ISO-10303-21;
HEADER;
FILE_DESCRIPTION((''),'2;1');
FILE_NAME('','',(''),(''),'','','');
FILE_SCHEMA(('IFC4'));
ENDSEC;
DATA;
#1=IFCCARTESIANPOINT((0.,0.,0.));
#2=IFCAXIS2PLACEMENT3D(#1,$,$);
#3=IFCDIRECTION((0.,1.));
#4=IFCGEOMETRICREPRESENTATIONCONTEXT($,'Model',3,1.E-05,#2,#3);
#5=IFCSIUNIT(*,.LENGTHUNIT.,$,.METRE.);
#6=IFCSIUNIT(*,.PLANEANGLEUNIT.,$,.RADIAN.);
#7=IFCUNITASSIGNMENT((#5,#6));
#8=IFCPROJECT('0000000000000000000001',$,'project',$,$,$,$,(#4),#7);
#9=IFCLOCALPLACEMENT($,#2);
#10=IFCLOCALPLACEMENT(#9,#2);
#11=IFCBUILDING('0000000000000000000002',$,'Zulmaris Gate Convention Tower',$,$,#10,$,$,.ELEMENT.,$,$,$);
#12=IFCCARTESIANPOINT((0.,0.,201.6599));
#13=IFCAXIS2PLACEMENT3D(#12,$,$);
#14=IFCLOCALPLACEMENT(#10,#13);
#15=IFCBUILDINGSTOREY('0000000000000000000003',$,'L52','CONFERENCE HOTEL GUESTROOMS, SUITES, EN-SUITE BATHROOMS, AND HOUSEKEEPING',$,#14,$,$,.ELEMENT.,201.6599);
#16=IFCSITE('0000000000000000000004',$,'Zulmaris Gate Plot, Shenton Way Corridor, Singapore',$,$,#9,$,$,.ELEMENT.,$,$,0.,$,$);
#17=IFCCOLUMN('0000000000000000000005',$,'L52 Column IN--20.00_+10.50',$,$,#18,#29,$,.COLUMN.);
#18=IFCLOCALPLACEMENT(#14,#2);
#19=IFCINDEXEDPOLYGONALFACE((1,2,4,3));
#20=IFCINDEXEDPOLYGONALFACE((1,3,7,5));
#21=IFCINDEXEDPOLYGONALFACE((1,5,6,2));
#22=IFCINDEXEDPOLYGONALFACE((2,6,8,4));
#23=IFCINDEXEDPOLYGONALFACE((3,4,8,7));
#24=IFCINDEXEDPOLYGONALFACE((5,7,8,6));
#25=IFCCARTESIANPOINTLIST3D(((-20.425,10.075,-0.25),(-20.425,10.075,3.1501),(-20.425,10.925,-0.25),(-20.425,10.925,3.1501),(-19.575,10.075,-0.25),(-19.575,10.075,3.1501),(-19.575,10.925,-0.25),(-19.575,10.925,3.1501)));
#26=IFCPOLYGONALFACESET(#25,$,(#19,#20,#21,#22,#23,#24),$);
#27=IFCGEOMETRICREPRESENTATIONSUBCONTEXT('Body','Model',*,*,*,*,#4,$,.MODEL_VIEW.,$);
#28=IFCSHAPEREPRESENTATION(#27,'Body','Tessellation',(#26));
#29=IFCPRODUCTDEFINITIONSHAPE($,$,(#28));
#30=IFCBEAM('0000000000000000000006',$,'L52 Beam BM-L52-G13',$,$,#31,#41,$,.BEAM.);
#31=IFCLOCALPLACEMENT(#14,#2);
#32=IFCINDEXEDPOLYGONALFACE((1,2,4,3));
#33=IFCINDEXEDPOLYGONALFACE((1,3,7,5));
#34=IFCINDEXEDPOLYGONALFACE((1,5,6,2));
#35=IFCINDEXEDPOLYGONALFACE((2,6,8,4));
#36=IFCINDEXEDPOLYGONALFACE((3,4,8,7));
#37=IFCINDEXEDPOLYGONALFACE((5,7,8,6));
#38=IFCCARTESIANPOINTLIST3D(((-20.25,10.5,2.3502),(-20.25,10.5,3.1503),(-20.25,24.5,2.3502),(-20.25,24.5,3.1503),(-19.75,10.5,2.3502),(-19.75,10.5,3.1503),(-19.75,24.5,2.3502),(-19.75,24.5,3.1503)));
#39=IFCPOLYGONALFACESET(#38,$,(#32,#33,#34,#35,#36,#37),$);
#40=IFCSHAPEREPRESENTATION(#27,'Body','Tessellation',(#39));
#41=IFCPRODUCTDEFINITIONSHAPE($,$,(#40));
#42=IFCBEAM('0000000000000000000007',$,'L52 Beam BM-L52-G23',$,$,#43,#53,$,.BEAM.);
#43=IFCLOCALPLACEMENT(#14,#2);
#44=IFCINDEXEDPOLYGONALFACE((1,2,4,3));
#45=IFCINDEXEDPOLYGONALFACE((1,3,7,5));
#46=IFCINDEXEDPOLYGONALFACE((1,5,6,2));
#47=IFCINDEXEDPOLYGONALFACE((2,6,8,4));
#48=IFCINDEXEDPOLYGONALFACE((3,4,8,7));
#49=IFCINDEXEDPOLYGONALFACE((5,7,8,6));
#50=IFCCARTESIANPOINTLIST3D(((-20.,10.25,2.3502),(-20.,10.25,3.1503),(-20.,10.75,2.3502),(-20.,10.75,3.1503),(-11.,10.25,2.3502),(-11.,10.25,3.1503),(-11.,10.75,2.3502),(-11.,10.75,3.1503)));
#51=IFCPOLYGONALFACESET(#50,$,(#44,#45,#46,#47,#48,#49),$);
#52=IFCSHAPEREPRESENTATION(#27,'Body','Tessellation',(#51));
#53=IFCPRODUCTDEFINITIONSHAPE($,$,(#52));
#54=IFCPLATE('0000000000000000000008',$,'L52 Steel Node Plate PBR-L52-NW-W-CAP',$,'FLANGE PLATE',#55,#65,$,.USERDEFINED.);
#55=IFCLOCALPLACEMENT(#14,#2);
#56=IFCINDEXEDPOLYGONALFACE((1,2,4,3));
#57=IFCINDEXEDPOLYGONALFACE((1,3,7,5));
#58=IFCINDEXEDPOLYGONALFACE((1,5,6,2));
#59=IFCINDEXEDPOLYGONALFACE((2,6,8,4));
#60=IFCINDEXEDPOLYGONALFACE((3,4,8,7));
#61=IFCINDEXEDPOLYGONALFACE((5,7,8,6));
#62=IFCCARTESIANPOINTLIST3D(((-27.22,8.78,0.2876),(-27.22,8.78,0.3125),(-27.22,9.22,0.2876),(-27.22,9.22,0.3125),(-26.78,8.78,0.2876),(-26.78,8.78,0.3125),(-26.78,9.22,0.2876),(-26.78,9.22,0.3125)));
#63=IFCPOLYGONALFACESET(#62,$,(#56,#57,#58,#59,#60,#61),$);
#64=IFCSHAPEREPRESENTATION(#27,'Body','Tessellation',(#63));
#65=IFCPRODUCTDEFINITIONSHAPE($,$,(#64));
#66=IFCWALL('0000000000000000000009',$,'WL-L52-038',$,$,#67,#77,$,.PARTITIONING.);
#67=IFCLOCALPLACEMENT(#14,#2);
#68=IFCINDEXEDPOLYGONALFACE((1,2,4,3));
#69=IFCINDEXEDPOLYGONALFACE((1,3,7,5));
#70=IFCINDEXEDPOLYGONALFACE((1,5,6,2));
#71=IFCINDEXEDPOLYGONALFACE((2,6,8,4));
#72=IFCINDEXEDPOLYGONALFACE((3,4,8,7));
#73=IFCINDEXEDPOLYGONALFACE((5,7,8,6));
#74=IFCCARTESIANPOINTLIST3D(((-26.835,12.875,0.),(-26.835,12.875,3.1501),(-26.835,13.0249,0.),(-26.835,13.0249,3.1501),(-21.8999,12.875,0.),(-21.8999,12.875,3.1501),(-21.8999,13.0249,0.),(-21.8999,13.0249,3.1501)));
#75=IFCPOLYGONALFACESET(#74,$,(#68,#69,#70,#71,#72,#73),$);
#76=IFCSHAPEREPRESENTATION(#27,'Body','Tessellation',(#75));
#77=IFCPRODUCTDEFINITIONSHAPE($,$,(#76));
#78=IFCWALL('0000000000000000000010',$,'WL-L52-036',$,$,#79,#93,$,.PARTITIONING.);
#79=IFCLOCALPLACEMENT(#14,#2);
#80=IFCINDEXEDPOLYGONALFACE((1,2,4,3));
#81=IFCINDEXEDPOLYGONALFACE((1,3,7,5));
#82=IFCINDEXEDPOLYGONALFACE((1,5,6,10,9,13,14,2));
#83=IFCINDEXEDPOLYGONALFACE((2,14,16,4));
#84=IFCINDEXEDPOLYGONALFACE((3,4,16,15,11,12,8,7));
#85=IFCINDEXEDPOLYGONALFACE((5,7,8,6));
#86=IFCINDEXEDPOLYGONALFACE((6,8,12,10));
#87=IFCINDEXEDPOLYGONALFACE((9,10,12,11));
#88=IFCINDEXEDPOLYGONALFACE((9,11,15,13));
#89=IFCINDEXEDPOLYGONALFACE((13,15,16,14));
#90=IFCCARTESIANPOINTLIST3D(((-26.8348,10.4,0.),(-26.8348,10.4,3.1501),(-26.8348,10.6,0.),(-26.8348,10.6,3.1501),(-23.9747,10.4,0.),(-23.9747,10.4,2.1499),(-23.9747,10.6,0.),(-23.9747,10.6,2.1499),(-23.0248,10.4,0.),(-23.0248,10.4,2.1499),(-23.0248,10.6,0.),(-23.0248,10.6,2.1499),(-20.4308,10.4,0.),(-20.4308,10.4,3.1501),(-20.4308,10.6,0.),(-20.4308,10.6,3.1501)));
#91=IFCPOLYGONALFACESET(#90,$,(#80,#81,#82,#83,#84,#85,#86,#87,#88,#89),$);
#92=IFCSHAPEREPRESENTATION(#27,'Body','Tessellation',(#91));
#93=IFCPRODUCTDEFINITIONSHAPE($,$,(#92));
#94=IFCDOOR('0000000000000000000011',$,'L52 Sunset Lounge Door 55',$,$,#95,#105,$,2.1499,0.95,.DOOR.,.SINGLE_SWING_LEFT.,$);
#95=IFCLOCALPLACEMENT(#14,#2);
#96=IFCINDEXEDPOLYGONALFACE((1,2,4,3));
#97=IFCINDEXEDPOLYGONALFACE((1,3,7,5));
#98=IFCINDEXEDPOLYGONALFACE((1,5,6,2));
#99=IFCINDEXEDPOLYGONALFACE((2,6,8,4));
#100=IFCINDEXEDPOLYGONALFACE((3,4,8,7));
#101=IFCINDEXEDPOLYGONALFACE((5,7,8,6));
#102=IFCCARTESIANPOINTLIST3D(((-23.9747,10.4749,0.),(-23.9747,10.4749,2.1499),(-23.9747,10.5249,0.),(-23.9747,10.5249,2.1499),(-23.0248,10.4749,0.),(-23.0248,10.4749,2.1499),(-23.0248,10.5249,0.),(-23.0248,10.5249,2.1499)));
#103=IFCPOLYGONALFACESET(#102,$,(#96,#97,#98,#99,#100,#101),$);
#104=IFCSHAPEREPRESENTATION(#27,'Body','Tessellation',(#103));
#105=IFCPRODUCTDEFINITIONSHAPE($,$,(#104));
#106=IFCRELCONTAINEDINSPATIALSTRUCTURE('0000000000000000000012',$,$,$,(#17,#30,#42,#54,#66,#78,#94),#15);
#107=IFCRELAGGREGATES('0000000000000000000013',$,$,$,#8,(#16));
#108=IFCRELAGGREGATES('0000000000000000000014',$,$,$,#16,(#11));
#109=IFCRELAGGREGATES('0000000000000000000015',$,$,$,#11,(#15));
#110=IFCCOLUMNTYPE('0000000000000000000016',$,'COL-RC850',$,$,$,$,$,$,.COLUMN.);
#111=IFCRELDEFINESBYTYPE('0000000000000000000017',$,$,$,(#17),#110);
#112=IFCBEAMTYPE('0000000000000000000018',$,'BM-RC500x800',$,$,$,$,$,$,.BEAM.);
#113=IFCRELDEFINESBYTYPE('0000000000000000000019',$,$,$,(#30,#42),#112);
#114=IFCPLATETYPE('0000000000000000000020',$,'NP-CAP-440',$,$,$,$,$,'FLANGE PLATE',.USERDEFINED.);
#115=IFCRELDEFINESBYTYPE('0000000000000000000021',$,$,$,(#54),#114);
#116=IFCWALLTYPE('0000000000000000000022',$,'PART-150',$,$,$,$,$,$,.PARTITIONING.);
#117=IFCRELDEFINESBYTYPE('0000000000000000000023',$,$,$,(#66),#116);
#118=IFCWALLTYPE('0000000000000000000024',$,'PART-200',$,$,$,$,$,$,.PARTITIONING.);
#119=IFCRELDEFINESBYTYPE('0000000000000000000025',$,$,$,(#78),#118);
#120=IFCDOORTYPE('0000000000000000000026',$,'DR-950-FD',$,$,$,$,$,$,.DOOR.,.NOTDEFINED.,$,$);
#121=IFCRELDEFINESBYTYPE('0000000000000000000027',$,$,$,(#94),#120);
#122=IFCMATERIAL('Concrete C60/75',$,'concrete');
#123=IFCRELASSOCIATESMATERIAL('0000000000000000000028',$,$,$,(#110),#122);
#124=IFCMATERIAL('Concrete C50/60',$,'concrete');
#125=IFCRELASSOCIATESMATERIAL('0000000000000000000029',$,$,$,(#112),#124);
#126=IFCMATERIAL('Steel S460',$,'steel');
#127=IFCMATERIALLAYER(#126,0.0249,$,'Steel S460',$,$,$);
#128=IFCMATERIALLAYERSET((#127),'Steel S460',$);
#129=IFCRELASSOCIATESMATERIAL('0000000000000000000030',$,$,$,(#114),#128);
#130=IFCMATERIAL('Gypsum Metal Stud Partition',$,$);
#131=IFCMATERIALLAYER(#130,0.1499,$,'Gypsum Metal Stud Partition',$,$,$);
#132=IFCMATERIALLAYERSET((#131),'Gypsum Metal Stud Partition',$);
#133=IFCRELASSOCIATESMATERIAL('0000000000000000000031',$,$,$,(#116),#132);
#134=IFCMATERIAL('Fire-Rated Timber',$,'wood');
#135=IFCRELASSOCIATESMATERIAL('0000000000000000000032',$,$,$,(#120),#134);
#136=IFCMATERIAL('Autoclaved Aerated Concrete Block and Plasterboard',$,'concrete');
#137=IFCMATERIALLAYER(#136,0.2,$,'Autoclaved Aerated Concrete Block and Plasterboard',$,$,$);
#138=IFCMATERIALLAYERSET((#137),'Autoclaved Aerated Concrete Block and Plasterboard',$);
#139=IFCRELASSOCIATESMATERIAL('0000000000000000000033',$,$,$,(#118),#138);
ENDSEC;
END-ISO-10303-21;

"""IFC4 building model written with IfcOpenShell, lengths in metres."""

from ifc_helpers import new_model, si_unit, direction, frame, frame_2d, origin, origin_2d, place, context, subcontext, project, spatial, rectangle, extrude, material, layer, layer_set, material_profile, profile_set, type_object, element, fill, save


model = new_model("IFC4")

# Units and contexts
model_context = context("Model", 3, precision=1e-05, world=origin(), true_north=direction((0.0, 1.0)))
body_context = subcontext(model_context, "Body", "Model", "MODEL_VIEW")
ifc_project = project(units=[si_unit("LENGTHUNIT", "METRE"), si_unit("PLANEANGLEUNIT", "RADIAN")], contexts=[model_context])

# Site, building, storey
site_placement = place(None, origin())
site = spatial("IfcSite", under=ifc_project, at=site_placement, Name="Zulmaris Gate Plot, Shenton Way Corridor, Singapore", CompositionType="ELEMENT", RefElevation=0.0)
building_placement = place(site_placement, origin())
building = spatial("IfcBuilding", under=site, at=building_placement, Name="Zulmaris Gate Convention Tower", CompositionType="ELEMENT")
storey_placement = place(building_placement, frame((0.0, 0.0, 201.6599)))
storey = spatial("IfcBuildingStorey", under=building, at=storey_placement, Name="L52", Description="CONFERENCE HOTEL GUESTROOMS, SUITES, EN-SUITE BATHROOMS, AND HOUSEKEEPING", CompositionType="ELEMENT", Elevation=201.6599)

# Column
ifc_material_1 = material(Name="Concrete C60/75", Category="concrete")
ifc_material_profile_1 = material_profile(ifc_material_1, rectangle(XDim=0.8501, YDim=0.8501, at=origin_2d()), Name="RC COL 850x850")
ifc_profile_set_1 = profile_set([ifc_material_profile_1], Name="Concrete C60/75")
column_type = type_object("IfcColumnType", Name="COL-RC850", PredefinedType="COLUMN", material=ifc_profile_set_1)
column_placement = place(storey_placement, frame((-20.0, 10.5, -0.25), z_axis=(0.0, 0.0, 1.0), x_axis=(1.0, 0.0, 0.0)))
element("IfcColumn", 1, at=column_placement, inside=storey, type_object=column_type, Name="L52 Column IN--20.00_+10.50", PredefinedType="COLUMN", context=body_context, shape_type="SweptSolid", body=[
    extrude(rectangle(XDim=0.8501, YDim=0.8501, at=origin_2d()), origin(), (0.0, 0.0, 1.0), 3.4001),
])

# Beams
ifc_material_2 = material(Name="Concrete C50/60", Category="concrete")
ifc_material_profile_2 = material_profile(ifc_material_2, rectangle(XDim=0.5, YDim=0.8, at=origin_2d()), Name="RC BEAM 500x800")
ifc_profile_set_2 = profile_set([ifc_material_profile_2], Name="Concrete C50/60")
beam_type = type_object("IfcBeamType", Name="BM-RC500x800", PredefinedType="BEAM", material=ifc_profile_set_2)
beam_1_placement = place(storey_placement, frame((-20.0, 10.5, 2.7502), z_axis=(0.0, 1.0, 0.0), x_axis=(-1.0, 0.0, 0.0)))
element("IfcBeam", 2, at=beam_1_placement, inside=storey, type_object=beam_type, Name="L52 Beam BM-L52-G13", PredefinedType="BEAM", context=body_context, shape_type="SweptSolid", body=[
    extrude(rectangle(XDim=0.5, YDim=0.8, at=origin_2d()), origin(), (0.0, 0.0, 1.0), 14.0),
])
beam_2_placement = place(storey_placement, frame((-20.0, 10.5, 2.7502), z_axis=(1.0, 0.0, 0.0), x_axis=(0.0, 1.0, 0.0)))
element("IfcBeam", 3, at=beam_2_placement, inside=storey, type_object=beam_type, Name="L52 Beam BM-L52-G23", PredefinedType="BEAM", context=body_context, shape_type="SweptSolid", body=[
    extrude(rectangle(XDim=0.5, YDim=0.8, at=origin_2d()), origin(), (0.0, 0.0, 1.0), 9.0),
])

# Plate
ifc_material_3 = material(Name="Steel S460", Category="steel")
ifc_layer_1 = layer(ifc_material_3, 0.0249, Name="Steel S460")
ifc_layer_set_1 = layer_set([ifc_layer_1], Name="Steel S460")
plate_type = type_object("IfcPlateType", Name="NP-CAP-440", ElementType="FLANGE PLATE", PredefinedType="USERDEFINED", material=ifc_layer_set_1)
plate_placement = place(storey_placement, frame((-27.0, 9.0, 0.2876), z_axis=(0.0, 0.0, 1.0), x_axis=(1.0, 0.0, 0.0)))
element("IfcPlate", 4, at=plate_placement, inside=storey, type_object=plate_type, Name="L52 Steel Node Plate PBR-L52-NW-W-CAP", ObjectType="FLANGE PLATE", PredefinedType="USERDEFINED", context=body_context, shape_type="SweptSolid", body=[
    extrude(rectangle(XDim=0.4399, YDim=0.4399, at=origin_2d()), origin(), (0.0, 0.0, 1.0), 0.0249),
])

# Wall
ifc_material_4 = material(Name="Gypsum Metal Stud Partition")
ifc_layer_2 = layer(ifc_material_4, 0.1499, Name="Gypsum Metal Stud Partition")
ifc_layer_set_2 = layer_set([ifc_layer_2], Name="Gypsum Metal Stud Partition")
wall_type_1 = type_object("IfcWallType", Name="PART-150", PredefinedType="PARTITIONING", material=ifc_layer_set_2)
wall_1_placement = place(storey_placement, frame((-26.835, 12.95, 0.0), z_axis=(0.0, 0.0, 1.0), x_axis=(1.0, 0.0, 0.0)))
element("IfcWall", 5, at=wall_1_placement, inside=storey, type_object=wall_type_1, Name="WL-L52-038", PredefinedType="PARTITIONING", context=body_context, shape_type="SweptSolid", body=[
    extrude(rectangle(XDim=4.9351, YDim=0.1499, at=frame_2d((2.4675, 0.0))), origin(), (0.0, 0.0, 1.0), 3.1501),
])

# Wall, opening, door
ifc_material_5 = material(Name="Fire-Rated Timber", Category="wood")
door_type_1 = type_object("IfcDoorType", Name="DR-950-FD", OperationType="NOTDEFINED", PredefinedType="DOOR", material=ifc_material_5)
ifc_material_6 = material(Name="Autoclaved Aerated Concrete Block and Plasterboard", Category="concrete")
ifc_layer_3 = layer(ifc_material_6, 0.2, Name="Autoclaved Aerated Concrete Block and Plasterboard")
ifc_layer_set_3 = layer_set([ifc_layer_3], Name="Autoclaved Aerated Concrete Block and Plasterboard")
wall_type_2 = type_object("IfcWallType", Name="PART-200", PredefinedType="PARTITIONING", material=ifc_layer_set_3)
wall_2_placement = place(storey_placement, frame((-26.835, 10.5, 0.0), z_axis=(0.0, 0.0, 1.0), x_axis=(1.0, 0.0, 0.0)))
wall_2 = element("IfcWall", 6, at=wall_2_placement, inside=storey, type_object=wall_type_2, Name="WL-L52-036", PredefinedType="PARTITIONING", context=body_context, shape_type="SweptSolid", body=[
    extrude(rectangle(XDim=6.4041, YDim=0.2, at=frame_2d((3.2021, 0.0))), origin(), (0.0, 0.0, 1.0), 3.1501),
])
opening_1_placement = place(wall_2_placement, frame((2.8601, 0.0, 0.0)))
opening_1 = element("IfcOpeningElement", 7, at=opening_1_placement, cuts=wall_2, PredefinedType="OPENING", context=body_context, shape_type="SweptSolid", body=[
    extrude(rectangle(XDim=0.95, YDim=2.1499, at=frame_2d((0.4751, 1.075))), frame((0.0, 0.1099, 0.0), z_axis=(0.0, -1.0, 0.0), x_axis=(1.0, 0.0, 0.0)), (0.0, 0.0, 1.0), 0.22),
])
door_1_placement = place(opening_1_placement, origin())
door_1 = element("IfcDoor", 8, at=door_1_placement, inside=storey, type_object=door_type_1, Name="L52 Sunset Lounge Door 55", OperationType="SINGLE_SWING_LEFT", OverallHeight=2.1499, OverallWidth=0.95, PredefinedType="DOOR", context=body_context, shape_type="SweptSolid", body=[
    extrude(rectangle(XDim=0.95, YDim=2.1499, at=frame_2d((0.4751, 1.075))), frame((0.0, 0.0249, 0.0), z_axis=(0.0, -1.0, 0.0), x_axis=(1.0, 0.0, 0.0)), (0.0, 0.0, 1.0), 0.05),
])
fill(opening_1, door_1)

save(model, "model.ifc")
